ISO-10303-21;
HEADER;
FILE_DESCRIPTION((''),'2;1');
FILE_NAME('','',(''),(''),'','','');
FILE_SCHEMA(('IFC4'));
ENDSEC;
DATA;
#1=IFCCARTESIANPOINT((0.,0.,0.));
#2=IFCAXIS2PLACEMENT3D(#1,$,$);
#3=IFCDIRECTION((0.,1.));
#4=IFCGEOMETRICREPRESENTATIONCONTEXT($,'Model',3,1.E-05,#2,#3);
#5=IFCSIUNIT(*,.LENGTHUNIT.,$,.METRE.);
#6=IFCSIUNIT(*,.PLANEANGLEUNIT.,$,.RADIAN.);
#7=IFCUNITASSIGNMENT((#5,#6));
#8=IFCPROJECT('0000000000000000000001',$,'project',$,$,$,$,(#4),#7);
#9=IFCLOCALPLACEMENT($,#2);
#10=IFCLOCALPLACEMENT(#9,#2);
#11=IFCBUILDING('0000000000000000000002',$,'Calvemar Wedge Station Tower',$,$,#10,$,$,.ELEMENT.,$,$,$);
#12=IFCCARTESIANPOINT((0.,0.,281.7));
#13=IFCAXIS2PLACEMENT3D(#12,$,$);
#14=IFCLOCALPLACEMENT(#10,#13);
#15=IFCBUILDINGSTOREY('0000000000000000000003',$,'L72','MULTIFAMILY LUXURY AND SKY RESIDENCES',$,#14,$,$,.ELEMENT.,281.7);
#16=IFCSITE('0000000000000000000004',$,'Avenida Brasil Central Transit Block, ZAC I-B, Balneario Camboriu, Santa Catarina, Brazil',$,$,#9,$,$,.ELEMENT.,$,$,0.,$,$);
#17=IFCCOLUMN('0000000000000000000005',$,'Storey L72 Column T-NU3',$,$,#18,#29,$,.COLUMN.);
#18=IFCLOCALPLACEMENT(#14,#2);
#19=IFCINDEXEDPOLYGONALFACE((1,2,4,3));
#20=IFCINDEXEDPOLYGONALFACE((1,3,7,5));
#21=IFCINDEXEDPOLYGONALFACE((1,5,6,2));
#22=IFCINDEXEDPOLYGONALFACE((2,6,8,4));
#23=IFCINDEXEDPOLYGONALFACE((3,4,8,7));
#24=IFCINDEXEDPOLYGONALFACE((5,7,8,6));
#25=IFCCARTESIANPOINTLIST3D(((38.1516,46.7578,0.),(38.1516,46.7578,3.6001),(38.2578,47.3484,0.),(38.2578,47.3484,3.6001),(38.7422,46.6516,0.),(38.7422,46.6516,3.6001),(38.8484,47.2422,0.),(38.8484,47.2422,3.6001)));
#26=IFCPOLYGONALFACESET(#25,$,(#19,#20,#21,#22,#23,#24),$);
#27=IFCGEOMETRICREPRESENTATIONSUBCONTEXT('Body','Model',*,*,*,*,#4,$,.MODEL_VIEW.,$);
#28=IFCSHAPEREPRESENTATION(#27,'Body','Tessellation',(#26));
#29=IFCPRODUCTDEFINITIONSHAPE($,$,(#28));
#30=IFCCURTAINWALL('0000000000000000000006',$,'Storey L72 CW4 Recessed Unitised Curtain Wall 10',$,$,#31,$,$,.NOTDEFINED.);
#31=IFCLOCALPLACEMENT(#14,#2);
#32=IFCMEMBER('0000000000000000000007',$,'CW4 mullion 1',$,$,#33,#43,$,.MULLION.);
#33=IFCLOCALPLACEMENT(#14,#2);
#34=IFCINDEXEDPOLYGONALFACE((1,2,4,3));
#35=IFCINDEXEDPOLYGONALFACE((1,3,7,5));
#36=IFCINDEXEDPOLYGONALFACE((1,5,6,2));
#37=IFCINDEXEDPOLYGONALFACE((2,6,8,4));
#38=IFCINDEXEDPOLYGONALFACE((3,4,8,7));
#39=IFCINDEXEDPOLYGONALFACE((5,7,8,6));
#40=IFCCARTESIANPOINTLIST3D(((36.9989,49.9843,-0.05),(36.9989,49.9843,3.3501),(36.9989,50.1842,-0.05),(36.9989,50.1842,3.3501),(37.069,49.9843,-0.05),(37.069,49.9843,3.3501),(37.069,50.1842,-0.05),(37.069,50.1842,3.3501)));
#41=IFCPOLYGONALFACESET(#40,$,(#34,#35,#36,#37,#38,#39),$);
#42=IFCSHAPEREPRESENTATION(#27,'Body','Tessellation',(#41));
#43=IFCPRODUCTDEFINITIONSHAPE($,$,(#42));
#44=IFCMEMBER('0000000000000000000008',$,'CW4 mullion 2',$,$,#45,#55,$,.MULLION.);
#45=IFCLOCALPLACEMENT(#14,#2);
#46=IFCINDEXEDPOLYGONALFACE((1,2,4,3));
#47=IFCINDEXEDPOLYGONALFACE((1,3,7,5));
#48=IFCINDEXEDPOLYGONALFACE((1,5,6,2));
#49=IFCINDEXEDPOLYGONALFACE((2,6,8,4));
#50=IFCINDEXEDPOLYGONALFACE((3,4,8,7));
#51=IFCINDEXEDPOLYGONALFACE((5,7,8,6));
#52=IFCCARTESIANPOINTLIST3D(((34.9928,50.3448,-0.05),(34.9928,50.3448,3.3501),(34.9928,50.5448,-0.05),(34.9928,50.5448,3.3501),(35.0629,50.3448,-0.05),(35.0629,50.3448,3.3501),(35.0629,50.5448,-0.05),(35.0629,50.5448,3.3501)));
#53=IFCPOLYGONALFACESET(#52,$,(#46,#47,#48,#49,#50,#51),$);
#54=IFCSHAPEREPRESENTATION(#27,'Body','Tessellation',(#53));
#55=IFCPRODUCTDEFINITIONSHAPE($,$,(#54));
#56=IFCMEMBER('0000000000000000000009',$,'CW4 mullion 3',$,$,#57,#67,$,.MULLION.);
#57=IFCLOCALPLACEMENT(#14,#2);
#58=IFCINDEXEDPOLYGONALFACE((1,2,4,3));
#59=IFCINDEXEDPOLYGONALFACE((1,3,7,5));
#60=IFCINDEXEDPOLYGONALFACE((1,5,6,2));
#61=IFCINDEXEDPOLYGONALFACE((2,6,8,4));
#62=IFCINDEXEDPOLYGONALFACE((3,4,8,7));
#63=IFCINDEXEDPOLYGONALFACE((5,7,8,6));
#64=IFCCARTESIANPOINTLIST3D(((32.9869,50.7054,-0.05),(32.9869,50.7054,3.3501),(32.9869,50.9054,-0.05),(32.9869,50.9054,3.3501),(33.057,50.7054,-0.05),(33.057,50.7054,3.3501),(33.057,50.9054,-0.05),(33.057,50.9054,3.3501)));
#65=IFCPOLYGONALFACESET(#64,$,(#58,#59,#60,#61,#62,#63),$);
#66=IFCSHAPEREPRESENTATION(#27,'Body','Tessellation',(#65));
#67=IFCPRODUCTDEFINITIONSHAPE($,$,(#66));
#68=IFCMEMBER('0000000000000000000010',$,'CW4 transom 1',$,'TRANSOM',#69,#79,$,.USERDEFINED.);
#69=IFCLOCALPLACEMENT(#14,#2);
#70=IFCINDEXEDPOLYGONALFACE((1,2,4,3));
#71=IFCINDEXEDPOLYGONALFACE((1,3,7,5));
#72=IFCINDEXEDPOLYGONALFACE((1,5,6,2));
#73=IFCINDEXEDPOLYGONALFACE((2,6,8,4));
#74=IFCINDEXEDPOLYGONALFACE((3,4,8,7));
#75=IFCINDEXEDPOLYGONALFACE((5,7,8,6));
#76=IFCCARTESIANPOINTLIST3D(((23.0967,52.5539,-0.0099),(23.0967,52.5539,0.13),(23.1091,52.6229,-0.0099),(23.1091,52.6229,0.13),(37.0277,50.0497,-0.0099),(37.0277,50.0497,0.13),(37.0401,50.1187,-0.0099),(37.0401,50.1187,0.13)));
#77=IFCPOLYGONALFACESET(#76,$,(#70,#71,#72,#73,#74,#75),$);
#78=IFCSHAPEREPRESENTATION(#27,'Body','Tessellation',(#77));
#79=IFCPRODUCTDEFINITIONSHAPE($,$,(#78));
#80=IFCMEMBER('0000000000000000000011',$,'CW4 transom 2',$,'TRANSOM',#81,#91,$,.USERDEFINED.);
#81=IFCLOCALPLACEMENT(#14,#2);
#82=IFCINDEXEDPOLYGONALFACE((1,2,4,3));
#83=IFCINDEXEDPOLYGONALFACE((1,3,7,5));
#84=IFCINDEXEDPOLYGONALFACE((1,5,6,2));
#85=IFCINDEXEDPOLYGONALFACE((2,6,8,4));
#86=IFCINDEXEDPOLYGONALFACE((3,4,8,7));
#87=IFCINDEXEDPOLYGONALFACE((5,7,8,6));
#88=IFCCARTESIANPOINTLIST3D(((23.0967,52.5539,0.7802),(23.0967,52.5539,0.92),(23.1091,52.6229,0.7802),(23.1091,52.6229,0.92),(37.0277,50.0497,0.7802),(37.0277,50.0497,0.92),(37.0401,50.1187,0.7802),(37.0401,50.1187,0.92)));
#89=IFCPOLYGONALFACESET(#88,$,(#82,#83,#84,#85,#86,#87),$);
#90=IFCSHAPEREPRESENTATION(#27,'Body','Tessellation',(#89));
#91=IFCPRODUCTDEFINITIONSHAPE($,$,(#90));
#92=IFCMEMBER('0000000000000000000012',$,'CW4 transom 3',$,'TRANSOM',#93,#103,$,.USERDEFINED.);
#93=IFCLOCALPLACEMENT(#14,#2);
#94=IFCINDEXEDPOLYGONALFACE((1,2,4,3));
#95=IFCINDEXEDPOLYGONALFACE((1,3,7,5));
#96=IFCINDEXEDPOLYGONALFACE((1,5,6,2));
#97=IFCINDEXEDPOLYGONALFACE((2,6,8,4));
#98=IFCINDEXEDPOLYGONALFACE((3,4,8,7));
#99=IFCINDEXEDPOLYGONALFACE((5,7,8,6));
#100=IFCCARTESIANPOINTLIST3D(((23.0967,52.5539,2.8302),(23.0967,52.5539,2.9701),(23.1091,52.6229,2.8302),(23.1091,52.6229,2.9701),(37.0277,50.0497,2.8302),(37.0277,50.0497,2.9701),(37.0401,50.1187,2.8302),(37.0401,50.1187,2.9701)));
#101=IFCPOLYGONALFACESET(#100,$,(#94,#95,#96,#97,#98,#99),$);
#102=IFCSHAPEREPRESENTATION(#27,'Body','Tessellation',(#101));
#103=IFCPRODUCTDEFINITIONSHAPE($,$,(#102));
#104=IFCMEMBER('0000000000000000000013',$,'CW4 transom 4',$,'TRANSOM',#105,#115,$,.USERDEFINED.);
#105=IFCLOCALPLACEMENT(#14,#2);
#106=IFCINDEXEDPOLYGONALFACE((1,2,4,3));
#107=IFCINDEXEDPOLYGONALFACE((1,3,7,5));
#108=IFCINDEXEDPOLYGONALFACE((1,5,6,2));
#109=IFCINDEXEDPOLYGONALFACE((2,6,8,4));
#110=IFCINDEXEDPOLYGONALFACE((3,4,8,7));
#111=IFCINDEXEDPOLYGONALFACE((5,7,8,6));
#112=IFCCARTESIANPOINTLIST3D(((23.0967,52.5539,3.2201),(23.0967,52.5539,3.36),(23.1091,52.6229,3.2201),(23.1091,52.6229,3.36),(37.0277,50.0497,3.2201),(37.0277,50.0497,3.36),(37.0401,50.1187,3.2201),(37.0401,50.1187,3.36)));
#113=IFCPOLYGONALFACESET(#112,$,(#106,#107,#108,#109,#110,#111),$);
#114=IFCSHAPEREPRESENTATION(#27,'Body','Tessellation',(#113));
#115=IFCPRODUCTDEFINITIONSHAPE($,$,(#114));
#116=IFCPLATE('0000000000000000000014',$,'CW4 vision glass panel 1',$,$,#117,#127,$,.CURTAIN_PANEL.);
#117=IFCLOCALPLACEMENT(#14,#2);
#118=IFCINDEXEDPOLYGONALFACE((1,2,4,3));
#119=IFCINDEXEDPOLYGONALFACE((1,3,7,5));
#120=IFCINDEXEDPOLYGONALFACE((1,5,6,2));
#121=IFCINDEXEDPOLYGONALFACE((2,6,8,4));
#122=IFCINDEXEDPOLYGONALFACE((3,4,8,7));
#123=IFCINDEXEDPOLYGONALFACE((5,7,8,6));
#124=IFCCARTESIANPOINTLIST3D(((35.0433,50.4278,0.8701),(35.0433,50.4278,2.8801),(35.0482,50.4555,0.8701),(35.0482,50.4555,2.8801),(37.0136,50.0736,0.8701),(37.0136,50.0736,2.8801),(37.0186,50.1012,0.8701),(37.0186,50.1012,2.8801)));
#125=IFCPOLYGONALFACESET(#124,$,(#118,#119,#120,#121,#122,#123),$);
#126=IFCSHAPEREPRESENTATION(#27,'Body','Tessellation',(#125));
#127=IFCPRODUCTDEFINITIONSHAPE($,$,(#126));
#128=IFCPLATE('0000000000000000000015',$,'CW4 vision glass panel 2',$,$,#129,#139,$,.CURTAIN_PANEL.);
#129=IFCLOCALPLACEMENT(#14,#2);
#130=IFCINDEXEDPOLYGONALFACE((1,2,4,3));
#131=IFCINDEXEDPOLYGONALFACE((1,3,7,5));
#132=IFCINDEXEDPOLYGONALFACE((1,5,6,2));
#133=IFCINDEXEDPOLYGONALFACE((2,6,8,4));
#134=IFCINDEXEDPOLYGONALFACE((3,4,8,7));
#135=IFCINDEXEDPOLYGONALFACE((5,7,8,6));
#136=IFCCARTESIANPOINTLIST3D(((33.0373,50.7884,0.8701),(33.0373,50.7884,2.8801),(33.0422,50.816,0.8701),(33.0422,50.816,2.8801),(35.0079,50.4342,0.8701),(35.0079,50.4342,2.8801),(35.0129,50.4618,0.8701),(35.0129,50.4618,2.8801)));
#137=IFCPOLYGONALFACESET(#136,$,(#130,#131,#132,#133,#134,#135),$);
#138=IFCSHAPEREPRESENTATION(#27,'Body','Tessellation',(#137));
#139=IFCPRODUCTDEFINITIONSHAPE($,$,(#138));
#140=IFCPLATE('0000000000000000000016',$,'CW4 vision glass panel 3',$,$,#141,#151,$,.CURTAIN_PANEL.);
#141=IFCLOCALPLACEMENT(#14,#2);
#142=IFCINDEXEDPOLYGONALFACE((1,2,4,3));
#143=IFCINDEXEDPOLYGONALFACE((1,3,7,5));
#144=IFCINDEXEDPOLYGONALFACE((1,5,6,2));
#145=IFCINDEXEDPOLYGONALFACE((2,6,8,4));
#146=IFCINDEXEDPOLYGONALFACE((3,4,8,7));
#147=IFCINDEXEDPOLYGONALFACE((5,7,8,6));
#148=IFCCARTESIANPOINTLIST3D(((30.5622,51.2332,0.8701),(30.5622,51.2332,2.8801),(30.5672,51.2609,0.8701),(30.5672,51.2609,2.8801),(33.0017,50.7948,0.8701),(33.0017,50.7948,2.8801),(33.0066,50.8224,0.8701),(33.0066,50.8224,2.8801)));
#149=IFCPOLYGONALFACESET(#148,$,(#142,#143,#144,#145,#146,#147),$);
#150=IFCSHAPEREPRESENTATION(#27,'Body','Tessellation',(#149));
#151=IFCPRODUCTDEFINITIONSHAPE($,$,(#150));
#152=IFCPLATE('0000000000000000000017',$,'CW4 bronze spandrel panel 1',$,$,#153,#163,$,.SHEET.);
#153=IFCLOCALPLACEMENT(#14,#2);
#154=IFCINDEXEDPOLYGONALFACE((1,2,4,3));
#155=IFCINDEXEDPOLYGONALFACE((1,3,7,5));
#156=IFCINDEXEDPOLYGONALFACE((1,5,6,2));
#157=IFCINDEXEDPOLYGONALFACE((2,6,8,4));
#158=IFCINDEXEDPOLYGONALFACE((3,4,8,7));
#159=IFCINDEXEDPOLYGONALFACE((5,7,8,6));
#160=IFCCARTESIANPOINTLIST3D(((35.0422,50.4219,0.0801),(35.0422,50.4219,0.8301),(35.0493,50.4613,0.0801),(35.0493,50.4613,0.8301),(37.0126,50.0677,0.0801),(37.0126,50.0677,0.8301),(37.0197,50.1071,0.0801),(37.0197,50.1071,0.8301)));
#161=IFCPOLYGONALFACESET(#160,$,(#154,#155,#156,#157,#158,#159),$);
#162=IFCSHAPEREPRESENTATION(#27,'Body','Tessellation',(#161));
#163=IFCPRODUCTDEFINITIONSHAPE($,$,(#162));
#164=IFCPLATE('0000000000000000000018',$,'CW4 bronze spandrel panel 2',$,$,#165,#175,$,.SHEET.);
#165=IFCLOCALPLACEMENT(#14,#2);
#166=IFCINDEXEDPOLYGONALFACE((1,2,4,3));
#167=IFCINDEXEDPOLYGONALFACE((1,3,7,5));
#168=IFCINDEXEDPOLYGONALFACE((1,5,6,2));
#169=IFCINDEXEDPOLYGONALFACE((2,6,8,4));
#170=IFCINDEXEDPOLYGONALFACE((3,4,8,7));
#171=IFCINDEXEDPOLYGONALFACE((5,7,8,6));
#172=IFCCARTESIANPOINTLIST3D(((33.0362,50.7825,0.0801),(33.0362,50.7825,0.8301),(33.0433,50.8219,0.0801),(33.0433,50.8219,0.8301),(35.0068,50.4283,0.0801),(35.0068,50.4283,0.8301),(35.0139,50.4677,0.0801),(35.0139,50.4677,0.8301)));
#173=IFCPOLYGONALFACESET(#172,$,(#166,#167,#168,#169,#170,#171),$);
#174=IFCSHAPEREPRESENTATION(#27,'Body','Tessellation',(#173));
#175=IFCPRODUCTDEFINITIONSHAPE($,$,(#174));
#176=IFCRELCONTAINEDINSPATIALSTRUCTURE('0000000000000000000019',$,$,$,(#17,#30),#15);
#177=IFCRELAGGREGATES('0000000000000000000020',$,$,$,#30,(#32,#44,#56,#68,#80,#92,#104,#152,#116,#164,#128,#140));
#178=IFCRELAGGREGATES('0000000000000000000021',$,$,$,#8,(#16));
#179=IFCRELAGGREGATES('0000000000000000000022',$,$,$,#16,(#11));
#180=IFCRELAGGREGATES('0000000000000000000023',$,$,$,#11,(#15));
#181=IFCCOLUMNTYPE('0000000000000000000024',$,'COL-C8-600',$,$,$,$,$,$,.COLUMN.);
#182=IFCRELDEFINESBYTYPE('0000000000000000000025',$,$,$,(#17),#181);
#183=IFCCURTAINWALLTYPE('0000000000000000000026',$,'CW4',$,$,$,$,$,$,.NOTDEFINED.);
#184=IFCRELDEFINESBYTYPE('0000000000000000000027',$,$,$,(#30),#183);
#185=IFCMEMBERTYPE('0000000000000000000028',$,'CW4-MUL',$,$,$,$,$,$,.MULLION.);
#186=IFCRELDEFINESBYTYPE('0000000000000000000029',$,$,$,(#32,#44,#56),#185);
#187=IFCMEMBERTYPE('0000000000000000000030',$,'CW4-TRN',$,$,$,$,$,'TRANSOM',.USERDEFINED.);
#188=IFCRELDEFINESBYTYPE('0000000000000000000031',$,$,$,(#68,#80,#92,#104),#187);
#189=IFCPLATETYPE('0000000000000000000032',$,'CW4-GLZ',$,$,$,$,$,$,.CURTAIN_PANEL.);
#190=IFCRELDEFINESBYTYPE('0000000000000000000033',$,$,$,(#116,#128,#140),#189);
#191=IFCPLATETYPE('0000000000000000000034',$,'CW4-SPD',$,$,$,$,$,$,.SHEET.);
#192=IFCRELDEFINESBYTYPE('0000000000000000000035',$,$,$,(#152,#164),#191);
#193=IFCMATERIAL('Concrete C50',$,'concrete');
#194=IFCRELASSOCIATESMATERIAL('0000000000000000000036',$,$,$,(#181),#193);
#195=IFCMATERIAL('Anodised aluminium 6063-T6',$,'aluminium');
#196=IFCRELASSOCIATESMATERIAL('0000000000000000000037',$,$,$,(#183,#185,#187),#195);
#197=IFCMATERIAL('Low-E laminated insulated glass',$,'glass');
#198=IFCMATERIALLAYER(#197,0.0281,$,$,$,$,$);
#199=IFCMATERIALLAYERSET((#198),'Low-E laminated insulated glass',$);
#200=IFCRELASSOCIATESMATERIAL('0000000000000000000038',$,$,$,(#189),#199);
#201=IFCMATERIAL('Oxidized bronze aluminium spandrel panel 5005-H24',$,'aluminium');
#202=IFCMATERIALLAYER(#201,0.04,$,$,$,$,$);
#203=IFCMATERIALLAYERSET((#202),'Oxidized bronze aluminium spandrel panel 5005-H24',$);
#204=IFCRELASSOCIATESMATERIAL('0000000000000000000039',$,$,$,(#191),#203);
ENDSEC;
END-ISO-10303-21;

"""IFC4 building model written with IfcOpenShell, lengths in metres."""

from ifc_helpers import new_model, si_unit, direction, frame, frame_2d, origin, origin_2d, place, context, subcontext, project, spatial, rectangle, extrude, source, transform, mapped, material, layer, layer_set, material_profile, profile_set, type_object, element, aggregate, save


model = new_model("IFC4")

# Units and contexts
model_context = context("Model", 3, precision=1e-05, world=origin(), true_north=direction((0.0, 1.0)))
body_context = subcontext(model_context, "Body", "Model", "MODEL_VIEW")
ifc_project = project(units=[si_unit("LENGTHUNIT", "METRE"), si_unit("PLANEANGLEUNIT", "RADIAN")], contexts=[model_context])

# Site, building, storey
site_placement = place(None, origin())
site = spatial("IfcSite", under=ifc_project, at=site_placement, Name="Avenida Brasil Central Transit Block, ZAC I-B, Balneario Camboriu, Santa Catarina, Brazil", CompositionType="ELEMENT", RefElevation=0.0)
building_placement = place(site_placement, origin())
building = spatial("IfcBuilding", under=site, at=building_placement, Name="Calvemar Wedge Station Tower", CompositionType="ELEMENT")
storey_placement = place(building_placement, frame((0.0, 0.0, 281.7)))
storey = spatial("IfcBuildingStorey", under=building, at=storey_placement, Name="L72", Description="MULTIFAMILY LUXURY AND SKY RESIDENCES", CompositionType="ELEMENT", Elevation=281.7)

# Column
ifc_material_1 = material(Name="Concrete C50", Category="concrete")
ifc_material_profile_1 = material_profile(ifc_material_1, rectangle(XDim=0.6001, YDim=0.6001, at=origin_2d()), Name="RC600x600")
ifc_profile_set_1 = profile_set([ifc_material_profile_1], Name="Concrete C50")
column_type = type_object("IfcColumnType", Name="COL-C8-600", PredefinedType="COLUMN", material=ifc_profile_set_1)
shared_shape_1 = source(origin(), body_context, "Body", "SweptSolid", [
    extrude(rectangle(XDim=0.6001, YDim=0.6001, at=origin_2d()), origin(), (0.0, 0.0, 1.0), 3.6001),
])
column_placement = place(storey_placement, frame((38.5, 47.0, 0.0), z_axis=(0.0, 0.0, 1.0), x_axis=(0.984196, -0.177085, 0.0)))
element("IfcColumn", 1, at=column_placement, inside=storey, type_object=column_type, Name="Storey L72 Column T-NU3", PredefinedType="COLUMN", context=body_context, shape_type="MappedRepresentation", body=[
    mapped(shared_shape_1, transform((0.0, 0.0, 0.0), scale=1.0)),
])

# Curtain wall, members, plates
ifc_material_2 = material(Name="Anodised aluminium 6063-T6", Category="aluminium")
curtain_wall_type = type_object("IfcCurtainWallType", Name="CW4", PredefinedType="NOTDEFINED", material=ifc_material_2)
curtain_wall_placement = place(storey_placement, origin())
curtain_wall = element("IfcCurtainWall", 2, at=curtain_wall_placement, inside=storey, type_object=curtain_wall_type, Name="Storey L72 CW4 Recessed Unitised Curtain Wall 10", PredefinedType="NOTDEFINED")
ifc_material_profile_2 = material_profile(ifc_material_2, rectangle(XDim=0.0701, YDim=0.2, at=origin_2d()), Name="AL-MUL-70x200")
ifc_profile_set_2 = profile_set([ifc_material_profile_2], Name="Anodised aluminium 6063-T6")
member_type_1 = type_object("IfcMemberType", Name="CW4-MUL", PredefinedType="MULLION", material=ifc_profile_set_2)
shared_shape_2 = source(origin(), body_context, "Body", "SweptSolid", [
    extrude(rectangle(XDim=0.0701, YDim=0.2, at=origin_2d()), origin(), (0.0, 0.0, 1.0), 3.4001),
])
member_1_placement = place(storey_placement, frame((37.0339, 50.0842, -0.05), z_axis=(0.0, 0.0, 1.0), x_axis=(1.0, 0.0, 0.0)))
member_1 = element("IfcMember", 3, at=member_1_placement, type_object=member_type_1, Name="CW4 mullion 1", PredefinedType="MULLION", context=body_context, shape_type="MappedRepresentation", body=[
    mapped(shared_shape_2, transform((0.0, 0.0, 0.0), scale=1.0)),
])
member_2_placement = place(storey_placement, frame((35.0278, 50.4448, -0.05), z_axis=(0.0, 0.0, 1.0), x_axis=(1.0, 0.0, 0.0)))
member_2 = element("IfcMember", 4, at=member_2_placement, type_object=member_type_1, Name="CW4 mullion 2", PredefinedType="MULLION", context=body_context, shape_type="MappedRepresentation", body=[
    mapped(shared_shape_2, transform((0.0, 0.0, 0.0), scale=1.0)),
])
member_3_placement = place(storey_placement, frame((33.022, 50.8054, -0.05), z_axis=(0.0, 0.0, 1.0), x_axis=(1.0, 0.0, 0.0)))
member_3 = element("IfcMember", 5, at=member_3_placement, type_object=member_type_1, Name="CW4 mullion 3", PredefinedType="MULLION", context=body_context, shape_type="MappedRepresentation", body=[
    mapped(shared_shape_2, transform((0.0, 0.0, 0.0), scale=1.0)),
])
ifc_material_profile_3 = material_profile(ifc_material_2, rectangle(XDim=0.0701, YDim=0.1399, at=origin_2d()), Name="AL-TRN-70x140")
ifc_profile_set_3 = profile_set([ifc_material_profile_3], Name="Anodised aluminium 6063-T6")
member_type_2 = type_object("IfcMemberType", Name="CW4-TRN", ElementType="TRANSOM", PredefinedType="USERDEFINED", material=ifc_profile_set_3)
shared_shape_3 = source(origin(), body_context, "Body", "SweptSolid", [
    extrude(rectangle(XDim=0.0701, YDim=0.1399, at=origin_2d()), origin(), (0.0, 0.0, 1.0), 14.1543),
])
member_4_placement = place(storey_placement, frame((37.0339, 50.0842, 0.0601), z_axis=(-0.984225, 0.176919, 0.0), x_axis=(-0.176919, -0.984225, 0.0)))
member_4 = element("IfcMember", 6, at=member_4_placement, type_object=member_type_2, Name="CW4 transom 1", ObjectType="TRANSOM", PredefinedType="USERDEFINED", context=body_context, shape_type="MappedRepresentation", body=[
    mapped(shared_shape_3, transform((0.0, 0.0, 0.0), scale=1.0)),
])
member_5_placement = place(storey_placement, frame((37.0339, 50.0842, 0.8501), z_axis=(-0.984225, 0.176919, 0.0), x_axis=(-0.176919, -0.984225, 0.0)))
member_5 = element("IfcMember", 7, at=member_5_placement, type_object=member_type_2, Name="CW4 transom 2", ObjectType="TRANSOM", PredefinedType="USERDEFINED", context=body_context, shape_type="MappedRepresentation", body=[
    mapped(shared_shape_3, transform((0.0, 0.0, 0.0), scale=1.0)),
])
member_6_placement = place(storey_placement, frame((37.0339, 50.0842, 2.9001), z_axis=(-0.984225, 0.176919, 0.0), x_axis=(-0.176919, -0.984225, 0.0)))
member_6 = element("IfcMember", 8, at=member_6_placement, type_object=member_type_2, Name="CW4 transom 3", ObjectType="TRANSOM", PredefinedType="USERDEFINED", context=body_context, shape_type="MappedRepresentation", body=[
    mapped(shared_shape_3, transform((0.0, 0.0, 0.0), scale=1.0)),
])
member_7_placement = place(storey_placement, frame((37.0339, 50.0842, 3.29), z_axis=(-0.984225, 0.176919, 0.0), x_axis=(-0.176919, -0.984225, 0.0)))
member_7 = element("IfcMember", 9, at=member_7_placement, type_object=member_type_2, Name="CW4 transom 4", ObjectType="TRANSOM", PredefinedType="USERDEFINED", context=body_context, shape_type="MappedRepresentation", body=[
    mapped(shared_shape_3, transform((0.0, 0.0, 0.0), scale=1.0)),
])
ifc_material_3 = material(Name="Low-E laminated insulated glass", Category="glass")
ifc_layer_1 = layer(ifc_material_3, 0.0281)
ifc_layer_set_1 = layer_set([ifc_layer_1], Name="Low-E laminated insulated glass")
plate_type_1 = type_object("IfcPlateType", Name="CW4-GLZ", PredefinedType="CURTAIN_PANEL", material=ifc_layer_set_1)
plate_1_placement = place(storey_placement, frame((37.0161, 50.0874, 0.8701), z_axis=(0.0, 0.0, 1.0), x_axis=(-0.984221, 0.176943, 0.0)))
plate_1 = element("IfcPlate", 10, at=plate_1_placement, type_object=plate_type_1, Name="CW4 vision glass panel 1", PredefinedType="CURTAIN_PANEL", context=body_context, shape_type="SweptSolid", body=[
    extrude(rectangle(XDim=2.002, YDim=0.0281, at=frame_2d((1.001, 0.0))), origin(), (0.0, 0.0, 1.0), 2.01),
])
plate_2_placement = place(storey_placement, frame((35.0103, 50.448, 0.8701), z_axis=(0.0, 0.0, 1.0), x_axis=(-0.984225, 0.176922, 0.0)))
plate_2 = element("IfcPlate", 11, at=plate_2_placement, type_object=plate_type_1, Name="CW4 vision glass panel 2", PredefinedType="CURTAIN_PANEL", context=body_context, shape_type="SweptSolid", body=[
    extrude(rectangle(XDim=2.0022, YDim=0.0281, at=frame_2d((1.001, 0.0))), origin(), (0.0, 0.0, 1.0), 2.01),
])
plate_3_placement = place(storey_placement, frame((33.0042, 50.8086, 0.8701), z_axis=(0.0, 0.0, 1.0), x_axis=(-0.984227, 0.176909, 0.0)))
plate_3 = element("IfcPlate", 12, at=plate_3_placement, type_object=plate_type_1, Name="CW4 vision glass panel 3", PredefinedType="CURTAIN_PANEL", context=body_context, shape_type="SweptSolid", body=[
    extrude(rectangle(XDim=2.4785, YDim=0.0281, at=frame_2d((1.2393, 0.0))), origin(), (0.0, 0.0, 1.0), 2.01),
])
ifc_material_4 = material(Name="Oxidized bronze aluminium spandrel panel 5005-H24", Category="aluminium")
ifc_layer_2 = layer(ifc_material_4, 0.04)
ifc_layer_set_2 = layer_set([ifc_layer_2], Name="Oxidized bronze aluminium spandrel panel 5005-H24")
plate_type_2 = type_object("IfcPlateType", Name="CW4-SPD", PredefinedType="SHEET", material=ifc_layer_set_2)
plate_4_placement = place(storey_placement, frame((37.0161, 50.0874, 0.0801), z_axis=(0.0, 0.0, 1.0), x_axis=(-0.984221, 0.176943, 0.0)))
plate_4 = element("IfcPlate", 13, at=plate_4_placement, type_object=plate_type_2, Name="CW4 bronze spandrel panel 1", PredefinedType="SHEET", context=body_context, shape_type="SweptSolid", body=[
    extrude(rectangle(XDim=2.002, YDim=0.04, at=frame_2d((1.001, 0.0))), origin(), (0.0, 0.0, 1.0), 0.75),
])
plate_5_placement = place(storey_placement, frame((35.0103, 50.448, 0.0801), z_axis=(0.0, 0.0, 1.0), x_axis=(-0.984225, 0.176922, 0.0)))
plate_5 = element("IfcPlate", 14, at=plate_5_placement, type_object=plate_type_2, Name="CW4 bronze spandrel panel 2", PredefinedType="SHEET", context=body_context, shape_type="SweptSolid", body=[
    extrude(rectangle(XDim=2.0022, YDim=0.04, at=frame_2d((1.001, 0.0))), origin(), (0.0, 0.0, 1.0), 0.75),
])
aggregate(curtain_wall, [member_1, member_2, member_3, member_4, member_5, member_6, member_7, plate_4, plate_1, plate_5, plate_2, plate_3])

save(model, "model.ifc")
